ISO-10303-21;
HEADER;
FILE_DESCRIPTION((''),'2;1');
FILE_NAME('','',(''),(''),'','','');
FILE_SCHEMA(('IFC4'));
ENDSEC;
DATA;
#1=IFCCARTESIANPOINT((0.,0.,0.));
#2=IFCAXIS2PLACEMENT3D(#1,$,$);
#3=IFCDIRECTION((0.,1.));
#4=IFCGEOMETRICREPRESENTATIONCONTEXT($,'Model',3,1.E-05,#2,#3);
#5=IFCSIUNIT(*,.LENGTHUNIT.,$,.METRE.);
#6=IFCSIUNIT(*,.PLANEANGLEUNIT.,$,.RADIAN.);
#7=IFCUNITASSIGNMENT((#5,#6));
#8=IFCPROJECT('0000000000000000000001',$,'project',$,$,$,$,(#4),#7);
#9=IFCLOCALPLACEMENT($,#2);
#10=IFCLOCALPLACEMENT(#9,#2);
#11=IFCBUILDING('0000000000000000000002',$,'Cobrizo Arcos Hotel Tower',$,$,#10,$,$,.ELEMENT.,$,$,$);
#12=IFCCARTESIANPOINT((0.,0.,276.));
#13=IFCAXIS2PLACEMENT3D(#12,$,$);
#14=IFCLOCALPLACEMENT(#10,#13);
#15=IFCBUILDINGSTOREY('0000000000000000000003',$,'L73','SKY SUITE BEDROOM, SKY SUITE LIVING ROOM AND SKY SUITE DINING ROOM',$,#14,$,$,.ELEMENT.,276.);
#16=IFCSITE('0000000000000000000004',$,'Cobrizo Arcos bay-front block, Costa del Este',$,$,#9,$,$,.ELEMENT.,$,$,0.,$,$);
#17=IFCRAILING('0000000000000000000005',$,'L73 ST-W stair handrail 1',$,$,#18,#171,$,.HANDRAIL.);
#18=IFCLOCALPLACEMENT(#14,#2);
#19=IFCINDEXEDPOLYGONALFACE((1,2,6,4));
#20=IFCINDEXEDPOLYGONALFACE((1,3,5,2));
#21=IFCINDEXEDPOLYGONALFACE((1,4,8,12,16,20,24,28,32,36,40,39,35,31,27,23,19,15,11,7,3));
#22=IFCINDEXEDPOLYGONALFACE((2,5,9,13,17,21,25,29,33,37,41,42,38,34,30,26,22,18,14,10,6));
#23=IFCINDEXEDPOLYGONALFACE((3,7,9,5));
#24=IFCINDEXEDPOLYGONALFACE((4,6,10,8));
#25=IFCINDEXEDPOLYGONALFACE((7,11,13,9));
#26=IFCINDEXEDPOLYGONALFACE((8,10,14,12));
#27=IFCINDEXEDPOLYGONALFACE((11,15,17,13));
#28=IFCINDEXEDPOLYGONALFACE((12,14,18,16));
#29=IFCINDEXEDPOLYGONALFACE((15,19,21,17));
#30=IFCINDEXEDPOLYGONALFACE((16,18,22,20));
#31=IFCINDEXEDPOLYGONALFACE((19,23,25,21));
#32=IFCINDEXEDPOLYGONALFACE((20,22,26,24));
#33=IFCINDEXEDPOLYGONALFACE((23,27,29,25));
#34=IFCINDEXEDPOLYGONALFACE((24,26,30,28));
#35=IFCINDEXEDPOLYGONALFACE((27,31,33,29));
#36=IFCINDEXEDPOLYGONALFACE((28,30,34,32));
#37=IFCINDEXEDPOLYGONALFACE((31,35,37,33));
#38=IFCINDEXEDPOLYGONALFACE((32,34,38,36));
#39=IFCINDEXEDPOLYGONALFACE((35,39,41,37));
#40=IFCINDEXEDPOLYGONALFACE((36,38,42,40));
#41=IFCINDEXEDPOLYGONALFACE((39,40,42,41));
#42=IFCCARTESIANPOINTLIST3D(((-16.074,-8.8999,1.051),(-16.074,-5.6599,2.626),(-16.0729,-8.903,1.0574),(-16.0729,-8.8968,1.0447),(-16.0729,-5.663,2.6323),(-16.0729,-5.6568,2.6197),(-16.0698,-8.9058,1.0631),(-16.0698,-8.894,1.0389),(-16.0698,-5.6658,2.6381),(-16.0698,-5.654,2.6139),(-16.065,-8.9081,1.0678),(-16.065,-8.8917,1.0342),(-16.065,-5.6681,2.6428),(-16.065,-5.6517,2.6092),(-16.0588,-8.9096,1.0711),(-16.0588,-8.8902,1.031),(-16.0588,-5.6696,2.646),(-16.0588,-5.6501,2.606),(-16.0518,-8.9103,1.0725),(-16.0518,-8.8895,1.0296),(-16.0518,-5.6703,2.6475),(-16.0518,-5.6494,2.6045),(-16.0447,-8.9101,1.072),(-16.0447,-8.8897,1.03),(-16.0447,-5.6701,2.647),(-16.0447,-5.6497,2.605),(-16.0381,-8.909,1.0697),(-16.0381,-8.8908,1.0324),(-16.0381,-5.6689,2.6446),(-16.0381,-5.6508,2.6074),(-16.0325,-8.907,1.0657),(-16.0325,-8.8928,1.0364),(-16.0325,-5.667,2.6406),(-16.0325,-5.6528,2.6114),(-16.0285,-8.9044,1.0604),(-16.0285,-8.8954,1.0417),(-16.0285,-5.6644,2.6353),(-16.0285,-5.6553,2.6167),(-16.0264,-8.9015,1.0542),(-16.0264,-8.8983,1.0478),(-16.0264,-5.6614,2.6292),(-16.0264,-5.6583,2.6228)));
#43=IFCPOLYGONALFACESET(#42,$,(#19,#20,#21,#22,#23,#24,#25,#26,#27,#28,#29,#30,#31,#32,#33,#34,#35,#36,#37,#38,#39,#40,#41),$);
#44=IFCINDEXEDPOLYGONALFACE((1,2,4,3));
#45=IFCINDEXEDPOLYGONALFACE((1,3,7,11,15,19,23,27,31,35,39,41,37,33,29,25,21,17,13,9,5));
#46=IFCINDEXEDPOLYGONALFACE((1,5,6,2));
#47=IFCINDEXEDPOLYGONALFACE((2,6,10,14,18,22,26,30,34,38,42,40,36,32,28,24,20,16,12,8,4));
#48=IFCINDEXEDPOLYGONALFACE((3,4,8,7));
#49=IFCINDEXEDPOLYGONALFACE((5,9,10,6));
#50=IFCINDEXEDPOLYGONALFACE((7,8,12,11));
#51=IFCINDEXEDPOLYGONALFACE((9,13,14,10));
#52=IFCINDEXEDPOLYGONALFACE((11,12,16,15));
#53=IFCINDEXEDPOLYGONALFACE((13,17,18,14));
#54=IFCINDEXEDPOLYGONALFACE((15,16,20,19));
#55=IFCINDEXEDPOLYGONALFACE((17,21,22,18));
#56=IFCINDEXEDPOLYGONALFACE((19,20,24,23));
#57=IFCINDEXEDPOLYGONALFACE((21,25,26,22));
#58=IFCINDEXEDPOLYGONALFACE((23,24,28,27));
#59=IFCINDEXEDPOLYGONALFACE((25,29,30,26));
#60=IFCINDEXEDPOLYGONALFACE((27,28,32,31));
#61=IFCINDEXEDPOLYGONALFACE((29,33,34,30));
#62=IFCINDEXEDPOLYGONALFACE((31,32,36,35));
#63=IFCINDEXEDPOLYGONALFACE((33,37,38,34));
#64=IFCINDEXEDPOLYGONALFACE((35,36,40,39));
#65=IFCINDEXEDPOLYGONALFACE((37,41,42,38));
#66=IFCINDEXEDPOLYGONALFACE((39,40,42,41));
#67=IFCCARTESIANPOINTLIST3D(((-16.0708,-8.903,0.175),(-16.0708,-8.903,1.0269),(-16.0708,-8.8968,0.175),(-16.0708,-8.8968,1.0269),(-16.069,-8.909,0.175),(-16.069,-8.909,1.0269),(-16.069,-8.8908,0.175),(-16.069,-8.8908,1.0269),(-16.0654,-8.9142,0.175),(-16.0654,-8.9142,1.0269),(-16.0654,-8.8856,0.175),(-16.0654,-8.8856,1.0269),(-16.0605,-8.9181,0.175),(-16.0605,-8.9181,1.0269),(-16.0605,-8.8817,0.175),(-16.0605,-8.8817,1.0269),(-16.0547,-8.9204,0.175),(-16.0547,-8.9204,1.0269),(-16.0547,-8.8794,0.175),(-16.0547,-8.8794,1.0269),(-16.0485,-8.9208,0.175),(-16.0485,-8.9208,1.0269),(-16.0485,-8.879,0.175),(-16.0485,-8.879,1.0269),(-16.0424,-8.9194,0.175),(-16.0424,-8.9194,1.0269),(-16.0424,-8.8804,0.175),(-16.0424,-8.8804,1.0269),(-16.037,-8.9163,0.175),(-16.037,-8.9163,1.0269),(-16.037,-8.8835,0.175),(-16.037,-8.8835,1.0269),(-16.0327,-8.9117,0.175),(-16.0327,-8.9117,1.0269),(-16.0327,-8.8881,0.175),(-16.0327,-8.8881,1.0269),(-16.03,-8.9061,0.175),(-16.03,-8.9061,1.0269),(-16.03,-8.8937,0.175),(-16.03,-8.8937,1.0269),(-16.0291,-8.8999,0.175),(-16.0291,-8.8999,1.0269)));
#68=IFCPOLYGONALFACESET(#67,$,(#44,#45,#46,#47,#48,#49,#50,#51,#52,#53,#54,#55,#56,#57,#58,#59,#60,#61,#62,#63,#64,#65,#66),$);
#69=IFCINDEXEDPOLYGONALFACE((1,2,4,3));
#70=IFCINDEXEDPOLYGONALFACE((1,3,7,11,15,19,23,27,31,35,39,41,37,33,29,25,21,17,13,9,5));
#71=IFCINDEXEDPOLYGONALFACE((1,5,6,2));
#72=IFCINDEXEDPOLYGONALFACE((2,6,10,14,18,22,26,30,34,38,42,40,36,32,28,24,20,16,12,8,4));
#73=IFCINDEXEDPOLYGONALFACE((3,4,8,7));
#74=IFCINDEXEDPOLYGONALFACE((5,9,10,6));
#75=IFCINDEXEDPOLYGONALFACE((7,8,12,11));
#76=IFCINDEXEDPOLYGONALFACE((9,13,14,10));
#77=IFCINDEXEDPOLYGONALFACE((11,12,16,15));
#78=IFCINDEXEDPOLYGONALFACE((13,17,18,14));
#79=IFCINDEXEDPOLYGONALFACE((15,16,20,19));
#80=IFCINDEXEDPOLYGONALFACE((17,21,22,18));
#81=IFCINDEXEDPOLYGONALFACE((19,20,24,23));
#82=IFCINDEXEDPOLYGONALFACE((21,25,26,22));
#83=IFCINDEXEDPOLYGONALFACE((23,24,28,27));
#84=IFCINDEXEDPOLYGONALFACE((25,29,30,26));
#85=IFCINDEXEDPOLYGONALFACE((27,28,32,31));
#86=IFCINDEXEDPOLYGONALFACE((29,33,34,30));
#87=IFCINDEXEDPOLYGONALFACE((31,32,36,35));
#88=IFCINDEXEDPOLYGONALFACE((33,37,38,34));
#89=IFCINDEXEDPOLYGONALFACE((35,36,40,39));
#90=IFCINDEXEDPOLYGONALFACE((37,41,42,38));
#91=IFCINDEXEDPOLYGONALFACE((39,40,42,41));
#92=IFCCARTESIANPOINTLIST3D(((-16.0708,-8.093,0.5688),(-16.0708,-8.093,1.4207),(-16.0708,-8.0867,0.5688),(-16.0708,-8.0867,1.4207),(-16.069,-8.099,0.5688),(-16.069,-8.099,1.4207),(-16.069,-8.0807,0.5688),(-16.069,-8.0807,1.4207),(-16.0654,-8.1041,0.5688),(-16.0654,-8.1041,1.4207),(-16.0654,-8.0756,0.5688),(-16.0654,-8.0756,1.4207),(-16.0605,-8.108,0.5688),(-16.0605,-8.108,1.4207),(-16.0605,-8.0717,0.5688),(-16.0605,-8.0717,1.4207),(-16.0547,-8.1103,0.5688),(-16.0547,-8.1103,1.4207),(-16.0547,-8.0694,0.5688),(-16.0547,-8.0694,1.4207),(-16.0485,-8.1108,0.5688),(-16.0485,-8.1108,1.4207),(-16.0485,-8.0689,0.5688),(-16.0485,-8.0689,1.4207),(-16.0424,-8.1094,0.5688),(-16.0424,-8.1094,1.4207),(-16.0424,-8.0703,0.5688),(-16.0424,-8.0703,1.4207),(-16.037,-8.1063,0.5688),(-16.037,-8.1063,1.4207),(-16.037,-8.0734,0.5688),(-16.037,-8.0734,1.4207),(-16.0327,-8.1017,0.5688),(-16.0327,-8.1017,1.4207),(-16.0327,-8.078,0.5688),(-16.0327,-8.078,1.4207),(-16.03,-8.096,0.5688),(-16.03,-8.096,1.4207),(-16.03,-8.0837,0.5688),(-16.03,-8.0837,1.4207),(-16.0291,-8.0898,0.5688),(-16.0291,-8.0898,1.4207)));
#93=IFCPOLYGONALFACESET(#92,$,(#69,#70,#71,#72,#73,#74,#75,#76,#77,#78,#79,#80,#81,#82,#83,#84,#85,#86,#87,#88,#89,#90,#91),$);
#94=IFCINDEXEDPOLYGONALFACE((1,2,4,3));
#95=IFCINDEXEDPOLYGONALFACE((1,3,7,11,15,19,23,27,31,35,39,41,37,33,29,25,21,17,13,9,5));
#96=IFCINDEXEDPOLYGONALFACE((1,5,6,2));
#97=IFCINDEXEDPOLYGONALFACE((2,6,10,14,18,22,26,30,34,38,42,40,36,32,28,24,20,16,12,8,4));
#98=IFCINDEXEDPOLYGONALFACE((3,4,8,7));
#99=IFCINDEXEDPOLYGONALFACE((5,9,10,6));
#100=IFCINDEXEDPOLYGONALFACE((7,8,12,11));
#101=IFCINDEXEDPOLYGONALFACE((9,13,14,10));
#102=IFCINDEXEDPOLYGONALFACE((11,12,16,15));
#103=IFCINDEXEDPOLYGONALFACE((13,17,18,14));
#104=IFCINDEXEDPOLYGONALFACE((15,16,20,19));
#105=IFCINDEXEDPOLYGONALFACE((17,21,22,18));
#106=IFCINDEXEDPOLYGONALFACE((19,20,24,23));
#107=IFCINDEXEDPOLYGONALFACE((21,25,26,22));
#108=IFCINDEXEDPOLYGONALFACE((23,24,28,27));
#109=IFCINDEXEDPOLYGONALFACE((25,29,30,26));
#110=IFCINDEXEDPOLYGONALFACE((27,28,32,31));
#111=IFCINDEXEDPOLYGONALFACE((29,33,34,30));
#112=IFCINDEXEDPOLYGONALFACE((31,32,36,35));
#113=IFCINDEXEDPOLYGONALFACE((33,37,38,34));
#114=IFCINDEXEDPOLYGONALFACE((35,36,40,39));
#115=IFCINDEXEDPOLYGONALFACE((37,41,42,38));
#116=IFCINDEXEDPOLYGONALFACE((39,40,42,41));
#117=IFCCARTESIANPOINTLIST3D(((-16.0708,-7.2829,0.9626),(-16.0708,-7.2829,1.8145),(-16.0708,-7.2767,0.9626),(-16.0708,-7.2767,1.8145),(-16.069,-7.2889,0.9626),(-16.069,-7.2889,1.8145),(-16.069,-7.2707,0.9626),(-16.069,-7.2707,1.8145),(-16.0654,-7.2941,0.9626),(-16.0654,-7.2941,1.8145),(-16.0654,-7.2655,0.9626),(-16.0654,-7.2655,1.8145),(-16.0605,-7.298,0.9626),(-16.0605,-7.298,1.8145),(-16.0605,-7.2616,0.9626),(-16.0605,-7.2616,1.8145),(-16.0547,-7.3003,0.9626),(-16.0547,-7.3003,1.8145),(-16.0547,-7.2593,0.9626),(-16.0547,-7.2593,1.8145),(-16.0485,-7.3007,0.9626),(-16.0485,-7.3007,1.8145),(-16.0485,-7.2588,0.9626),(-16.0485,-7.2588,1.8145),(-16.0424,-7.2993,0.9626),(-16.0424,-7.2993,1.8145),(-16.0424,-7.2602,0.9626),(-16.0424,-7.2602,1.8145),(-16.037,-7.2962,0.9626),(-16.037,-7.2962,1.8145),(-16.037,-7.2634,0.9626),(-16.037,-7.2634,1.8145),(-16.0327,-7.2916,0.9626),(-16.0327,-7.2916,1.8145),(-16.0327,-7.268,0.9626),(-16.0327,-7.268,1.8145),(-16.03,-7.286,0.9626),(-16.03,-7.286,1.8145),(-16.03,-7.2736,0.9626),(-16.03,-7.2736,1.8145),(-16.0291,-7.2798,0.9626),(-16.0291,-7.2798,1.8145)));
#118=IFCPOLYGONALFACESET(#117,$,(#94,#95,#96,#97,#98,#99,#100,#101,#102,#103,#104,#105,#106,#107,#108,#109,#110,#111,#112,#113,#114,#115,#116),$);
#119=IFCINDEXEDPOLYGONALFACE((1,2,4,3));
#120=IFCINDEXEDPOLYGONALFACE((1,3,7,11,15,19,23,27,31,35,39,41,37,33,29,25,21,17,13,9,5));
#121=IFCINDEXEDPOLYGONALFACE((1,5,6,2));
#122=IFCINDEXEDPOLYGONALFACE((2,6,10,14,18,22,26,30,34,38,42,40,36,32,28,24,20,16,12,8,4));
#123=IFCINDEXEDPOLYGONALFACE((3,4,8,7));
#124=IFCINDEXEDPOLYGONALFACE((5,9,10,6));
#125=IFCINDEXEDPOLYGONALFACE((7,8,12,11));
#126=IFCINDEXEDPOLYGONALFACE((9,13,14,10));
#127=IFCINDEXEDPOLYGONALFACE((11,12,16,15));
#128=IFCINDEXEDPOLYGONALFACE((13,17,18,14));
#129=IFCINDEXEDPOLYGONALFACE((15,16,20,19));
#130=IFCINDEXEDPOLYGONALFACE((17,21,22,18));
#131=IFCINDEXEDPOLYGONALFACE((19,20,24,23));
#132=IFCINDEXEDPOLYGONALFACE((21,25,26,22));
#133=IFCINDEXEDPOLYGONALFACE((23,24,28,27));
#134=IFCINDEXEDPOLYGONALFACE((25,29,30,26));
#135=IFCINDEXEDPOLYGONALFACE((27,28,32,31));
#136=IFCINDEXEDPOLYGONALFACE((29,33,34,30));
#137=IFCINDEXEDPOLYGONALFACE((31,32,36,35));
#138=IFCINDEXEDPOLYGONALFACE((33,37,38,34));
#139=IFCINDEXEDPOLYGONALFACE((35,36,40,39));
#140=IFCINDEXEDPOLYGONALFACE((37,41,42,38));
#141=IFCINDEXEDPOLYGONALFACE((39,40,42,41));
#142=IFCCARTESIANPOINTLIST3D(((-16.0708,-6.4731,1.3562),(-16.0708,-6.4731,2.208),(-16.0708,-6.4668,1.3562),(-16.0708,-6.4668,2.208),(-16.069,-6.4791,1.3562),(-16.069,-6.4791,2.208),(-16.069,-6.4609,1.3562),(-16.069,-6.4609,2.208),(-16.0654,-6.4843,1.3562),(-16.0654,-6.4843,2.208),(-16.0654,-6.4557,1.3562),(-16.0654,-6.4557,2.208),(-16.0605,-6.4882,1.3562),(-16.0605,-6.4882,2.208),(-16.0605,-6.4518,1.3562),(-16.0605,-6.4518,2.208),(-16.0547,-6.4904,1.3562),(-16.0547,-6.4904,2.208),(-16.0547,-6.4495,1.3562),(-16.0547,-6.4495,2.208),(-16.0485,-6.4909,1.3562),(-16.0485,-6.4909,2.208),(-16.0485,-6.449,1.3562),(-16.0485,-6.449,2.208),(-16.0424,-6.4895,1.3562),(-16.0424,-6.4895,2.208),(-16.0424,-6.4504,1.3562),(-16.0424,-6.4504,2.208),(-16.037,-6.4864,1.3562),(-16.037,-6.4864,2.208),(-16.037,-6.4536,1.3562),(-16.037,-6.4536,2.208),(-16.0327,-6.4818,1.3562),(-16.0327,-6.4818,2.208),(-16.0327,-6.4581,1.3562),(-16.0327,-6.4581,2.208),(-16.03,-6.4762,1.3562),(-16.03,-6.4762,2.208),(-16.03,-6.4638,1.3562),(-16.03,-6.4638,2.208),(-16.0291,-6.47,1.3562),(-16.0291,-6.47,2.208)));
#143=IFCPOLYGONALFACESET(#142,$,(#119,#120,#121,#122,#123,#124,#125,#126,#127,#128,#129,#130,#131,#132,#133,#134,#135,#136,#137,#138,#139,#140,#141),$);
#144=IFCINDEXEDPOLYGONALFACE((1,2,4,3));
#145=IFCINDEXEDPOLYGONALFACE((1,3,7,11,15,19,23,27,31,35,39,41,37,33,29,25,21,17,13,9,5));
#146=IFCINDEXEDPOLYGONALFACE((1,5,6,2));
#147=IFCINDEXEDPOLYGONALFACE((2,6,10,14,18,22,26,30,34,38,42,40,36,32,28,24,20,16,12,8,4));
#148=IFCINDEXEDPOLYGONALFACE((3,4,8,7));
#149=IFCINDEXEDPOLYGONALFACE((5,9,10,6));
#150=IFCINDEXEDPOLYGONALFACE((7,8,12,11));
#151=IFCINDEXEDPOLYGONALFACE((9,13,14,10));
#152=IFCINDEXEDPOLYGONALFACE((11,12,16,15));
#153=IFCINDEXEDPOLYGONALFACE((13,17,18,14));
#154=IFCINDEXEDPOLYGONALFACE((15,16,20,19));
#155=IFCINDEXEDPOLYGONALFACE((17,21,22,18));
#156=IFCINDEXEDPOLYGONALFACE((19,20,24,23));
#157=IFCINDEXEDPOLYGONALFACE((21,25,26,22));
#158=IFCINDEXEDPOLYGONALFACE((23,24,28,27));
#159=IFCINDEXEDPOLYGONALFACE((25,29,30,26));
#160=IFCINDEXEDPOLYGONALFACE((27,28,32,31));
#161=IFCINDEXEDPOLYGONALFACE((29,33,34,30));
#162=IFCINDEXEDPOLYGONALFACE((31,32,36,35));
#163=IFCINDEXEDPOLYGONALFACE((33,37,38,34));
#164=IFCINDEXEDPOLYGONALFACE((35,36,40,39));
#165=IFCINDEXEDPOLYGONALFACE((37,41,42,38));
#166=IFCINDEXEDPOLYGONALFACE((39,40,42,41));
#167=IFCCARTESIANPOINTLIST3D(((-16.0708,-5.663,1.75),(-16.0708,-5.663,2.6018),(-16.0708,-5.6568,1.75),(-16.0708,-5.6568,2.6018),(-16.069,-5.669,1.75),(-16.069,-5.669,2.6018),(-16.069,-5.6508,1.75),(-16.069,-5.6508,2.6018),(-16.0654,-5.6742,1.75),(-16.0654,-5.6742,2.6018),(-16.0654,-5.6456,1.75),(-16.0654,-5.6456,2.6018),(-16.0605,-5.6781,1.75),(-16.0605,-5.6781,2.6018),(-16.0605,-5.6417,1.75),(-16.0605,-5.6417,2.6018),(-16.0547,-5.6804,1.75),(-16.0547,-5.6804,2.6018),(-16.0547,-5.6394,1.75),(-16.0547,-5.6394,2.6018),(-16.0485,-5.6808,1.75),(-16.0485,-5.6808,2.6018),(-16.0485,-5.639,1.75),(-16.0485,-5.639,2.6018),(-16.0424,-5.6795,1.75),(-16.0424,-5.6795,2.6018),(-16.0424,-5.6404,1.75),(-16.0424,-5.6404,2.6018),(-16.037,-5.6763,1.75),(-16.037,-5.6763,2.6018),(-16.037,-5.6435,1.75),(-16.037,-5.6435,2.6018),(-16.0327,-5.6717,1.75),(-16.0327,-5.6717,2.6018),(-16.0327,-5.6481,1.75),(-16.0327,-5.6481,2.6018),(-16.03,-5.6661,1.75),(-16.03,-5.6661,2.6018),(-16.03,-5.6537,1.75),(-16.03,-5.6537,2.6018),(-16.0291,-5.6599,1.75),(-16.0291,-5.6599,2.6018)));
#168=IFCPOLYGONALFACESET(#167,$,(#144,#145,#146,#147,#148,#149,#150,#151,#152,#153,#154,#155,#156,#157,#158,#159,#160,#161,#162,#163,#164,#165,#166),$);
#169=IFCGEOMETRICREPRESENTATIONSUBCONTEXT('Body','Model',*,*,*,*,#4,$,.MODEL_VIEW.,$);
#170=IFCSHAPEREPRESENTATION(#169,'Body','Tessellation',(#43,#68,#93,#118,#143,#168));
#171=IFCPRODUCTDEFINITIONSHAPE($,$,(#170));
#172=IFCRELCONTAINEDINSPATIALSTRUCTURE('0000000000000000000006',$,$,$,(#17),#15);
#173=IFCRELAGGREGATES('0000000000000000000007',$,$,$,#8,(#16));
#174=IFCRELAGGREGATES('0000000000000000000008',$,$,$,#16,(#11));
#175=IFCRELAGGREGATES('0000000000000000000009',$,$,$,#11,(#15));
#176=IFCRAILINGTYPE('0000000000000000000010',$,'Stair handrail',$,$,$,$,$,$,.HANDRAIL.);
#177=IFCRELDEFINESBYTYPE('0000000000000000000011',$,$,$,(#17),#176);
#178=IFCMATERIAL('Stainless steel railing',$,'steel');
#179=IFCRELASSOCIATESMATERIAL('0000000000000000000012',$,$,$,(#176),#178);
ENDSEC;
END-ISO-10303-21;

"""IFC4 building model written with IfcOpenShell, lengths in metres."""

from ifc_helpers import new_model, si_unit, direction, frame, origin, origin_2d, place, context, subcontext, project, spatial, circle, extrude, material, type_object, element, save


model = new_model("IFC4")

# Units and contexts
model_context = context("Model", 3, precision=1e-05, world=origin(), true_north=direction((0.0, 1.0)))
body_context = subcontext(model_context, "Body", "Model", "MODEL_VIEW")
ifc_project = project(units=[si_unit("LENGTHUNIT", "METRE"), si_unit("PLANEANGLEUNIT", "RADIAN")], contexts=[model_context])

# Site, building, storey
site_placement = place(None, origin())
site = spatial("IfcSite", under=ifc_project, at=site_placement, Name="Cobrizo Arcos bay-front block, Costa del Este", CompositionType="ELEMENT", RefElevation=0.0)
building_placement = place(site_placement, origin())
building = spatial("IfcBuilding", under=site, at=building_placement, Name="Cobrizo Arcos Hotel Tower", CompositionType="ELEMENT")
storey_placement = place(building_placement, frame((0.0, 0.0, 276.0)))
storey = spatial("IfcBuildingStorey", under=building, at=storey_placement, Name="L73", Description="SKY SUITE BEDROOM, SKY SUITE LIVING ROOM AND SKY SUITE DINING ROOM", CompositionType="ELEMENT", Elevation=276.0)

# Railing
ifc_material_1 = material(Name="Stainless steel railing", Category="steel")
railing_type_1 = type_object("IfcRailingType", Name="Stair handrail", PredefinedType="HANDRAIL", material=ifc_material_1)
railing_1_placement = place(storey_placement, frame((-16.05, -8.8999, 0.175)))
element("IfcRailing", 1, at=railing_1_placement, inside=storey, type_object=railing_type_1, Name="L73 ST-W stair handrail 1", PredefinedType="HANDRAIL", context=body_context, shape_type="SweptSolid", body=[
    extrude(circle(Radius=0.0239, at=origin_2d()), frame((0.0, 0.0, 0.876), z_axis=(0.0, 0.899373, 0.437183), x_axis=(-1.0, 0.0, 0.0)), (0.0, 0.0, 1.0), 3.6025),
    extrude(circle(Radius=0.021, at=origin_2d()), origin(), (0.0, 0.0, 1.0), 0.8518),
    extrude(circle(Radius=0.021, at=origin_2d()), frame((0.0, 0.8101, 0.3938)), (0.0, 0.0, 1.0), 0.8518),
    extrude(circle(Radius=0.021, at=origin_2d()), frame((0.0, 1.6201, 0.7876)), (0.0, 0.0, 1.0), 0.8518),
    extrude(circle(Radius=0.021, at=origin_2d()), frame((0.0, 2.4299, 1.1812)), (0.0, 0.0, 1.0), 0.8518),
    extrude(circle(Radius=0.021, at=origin_2d()), frame((0.0, 3.24, 1.575)), (0.0, 0.0, 1.0), 0.8518),
])

save(model, "model.ifc")
